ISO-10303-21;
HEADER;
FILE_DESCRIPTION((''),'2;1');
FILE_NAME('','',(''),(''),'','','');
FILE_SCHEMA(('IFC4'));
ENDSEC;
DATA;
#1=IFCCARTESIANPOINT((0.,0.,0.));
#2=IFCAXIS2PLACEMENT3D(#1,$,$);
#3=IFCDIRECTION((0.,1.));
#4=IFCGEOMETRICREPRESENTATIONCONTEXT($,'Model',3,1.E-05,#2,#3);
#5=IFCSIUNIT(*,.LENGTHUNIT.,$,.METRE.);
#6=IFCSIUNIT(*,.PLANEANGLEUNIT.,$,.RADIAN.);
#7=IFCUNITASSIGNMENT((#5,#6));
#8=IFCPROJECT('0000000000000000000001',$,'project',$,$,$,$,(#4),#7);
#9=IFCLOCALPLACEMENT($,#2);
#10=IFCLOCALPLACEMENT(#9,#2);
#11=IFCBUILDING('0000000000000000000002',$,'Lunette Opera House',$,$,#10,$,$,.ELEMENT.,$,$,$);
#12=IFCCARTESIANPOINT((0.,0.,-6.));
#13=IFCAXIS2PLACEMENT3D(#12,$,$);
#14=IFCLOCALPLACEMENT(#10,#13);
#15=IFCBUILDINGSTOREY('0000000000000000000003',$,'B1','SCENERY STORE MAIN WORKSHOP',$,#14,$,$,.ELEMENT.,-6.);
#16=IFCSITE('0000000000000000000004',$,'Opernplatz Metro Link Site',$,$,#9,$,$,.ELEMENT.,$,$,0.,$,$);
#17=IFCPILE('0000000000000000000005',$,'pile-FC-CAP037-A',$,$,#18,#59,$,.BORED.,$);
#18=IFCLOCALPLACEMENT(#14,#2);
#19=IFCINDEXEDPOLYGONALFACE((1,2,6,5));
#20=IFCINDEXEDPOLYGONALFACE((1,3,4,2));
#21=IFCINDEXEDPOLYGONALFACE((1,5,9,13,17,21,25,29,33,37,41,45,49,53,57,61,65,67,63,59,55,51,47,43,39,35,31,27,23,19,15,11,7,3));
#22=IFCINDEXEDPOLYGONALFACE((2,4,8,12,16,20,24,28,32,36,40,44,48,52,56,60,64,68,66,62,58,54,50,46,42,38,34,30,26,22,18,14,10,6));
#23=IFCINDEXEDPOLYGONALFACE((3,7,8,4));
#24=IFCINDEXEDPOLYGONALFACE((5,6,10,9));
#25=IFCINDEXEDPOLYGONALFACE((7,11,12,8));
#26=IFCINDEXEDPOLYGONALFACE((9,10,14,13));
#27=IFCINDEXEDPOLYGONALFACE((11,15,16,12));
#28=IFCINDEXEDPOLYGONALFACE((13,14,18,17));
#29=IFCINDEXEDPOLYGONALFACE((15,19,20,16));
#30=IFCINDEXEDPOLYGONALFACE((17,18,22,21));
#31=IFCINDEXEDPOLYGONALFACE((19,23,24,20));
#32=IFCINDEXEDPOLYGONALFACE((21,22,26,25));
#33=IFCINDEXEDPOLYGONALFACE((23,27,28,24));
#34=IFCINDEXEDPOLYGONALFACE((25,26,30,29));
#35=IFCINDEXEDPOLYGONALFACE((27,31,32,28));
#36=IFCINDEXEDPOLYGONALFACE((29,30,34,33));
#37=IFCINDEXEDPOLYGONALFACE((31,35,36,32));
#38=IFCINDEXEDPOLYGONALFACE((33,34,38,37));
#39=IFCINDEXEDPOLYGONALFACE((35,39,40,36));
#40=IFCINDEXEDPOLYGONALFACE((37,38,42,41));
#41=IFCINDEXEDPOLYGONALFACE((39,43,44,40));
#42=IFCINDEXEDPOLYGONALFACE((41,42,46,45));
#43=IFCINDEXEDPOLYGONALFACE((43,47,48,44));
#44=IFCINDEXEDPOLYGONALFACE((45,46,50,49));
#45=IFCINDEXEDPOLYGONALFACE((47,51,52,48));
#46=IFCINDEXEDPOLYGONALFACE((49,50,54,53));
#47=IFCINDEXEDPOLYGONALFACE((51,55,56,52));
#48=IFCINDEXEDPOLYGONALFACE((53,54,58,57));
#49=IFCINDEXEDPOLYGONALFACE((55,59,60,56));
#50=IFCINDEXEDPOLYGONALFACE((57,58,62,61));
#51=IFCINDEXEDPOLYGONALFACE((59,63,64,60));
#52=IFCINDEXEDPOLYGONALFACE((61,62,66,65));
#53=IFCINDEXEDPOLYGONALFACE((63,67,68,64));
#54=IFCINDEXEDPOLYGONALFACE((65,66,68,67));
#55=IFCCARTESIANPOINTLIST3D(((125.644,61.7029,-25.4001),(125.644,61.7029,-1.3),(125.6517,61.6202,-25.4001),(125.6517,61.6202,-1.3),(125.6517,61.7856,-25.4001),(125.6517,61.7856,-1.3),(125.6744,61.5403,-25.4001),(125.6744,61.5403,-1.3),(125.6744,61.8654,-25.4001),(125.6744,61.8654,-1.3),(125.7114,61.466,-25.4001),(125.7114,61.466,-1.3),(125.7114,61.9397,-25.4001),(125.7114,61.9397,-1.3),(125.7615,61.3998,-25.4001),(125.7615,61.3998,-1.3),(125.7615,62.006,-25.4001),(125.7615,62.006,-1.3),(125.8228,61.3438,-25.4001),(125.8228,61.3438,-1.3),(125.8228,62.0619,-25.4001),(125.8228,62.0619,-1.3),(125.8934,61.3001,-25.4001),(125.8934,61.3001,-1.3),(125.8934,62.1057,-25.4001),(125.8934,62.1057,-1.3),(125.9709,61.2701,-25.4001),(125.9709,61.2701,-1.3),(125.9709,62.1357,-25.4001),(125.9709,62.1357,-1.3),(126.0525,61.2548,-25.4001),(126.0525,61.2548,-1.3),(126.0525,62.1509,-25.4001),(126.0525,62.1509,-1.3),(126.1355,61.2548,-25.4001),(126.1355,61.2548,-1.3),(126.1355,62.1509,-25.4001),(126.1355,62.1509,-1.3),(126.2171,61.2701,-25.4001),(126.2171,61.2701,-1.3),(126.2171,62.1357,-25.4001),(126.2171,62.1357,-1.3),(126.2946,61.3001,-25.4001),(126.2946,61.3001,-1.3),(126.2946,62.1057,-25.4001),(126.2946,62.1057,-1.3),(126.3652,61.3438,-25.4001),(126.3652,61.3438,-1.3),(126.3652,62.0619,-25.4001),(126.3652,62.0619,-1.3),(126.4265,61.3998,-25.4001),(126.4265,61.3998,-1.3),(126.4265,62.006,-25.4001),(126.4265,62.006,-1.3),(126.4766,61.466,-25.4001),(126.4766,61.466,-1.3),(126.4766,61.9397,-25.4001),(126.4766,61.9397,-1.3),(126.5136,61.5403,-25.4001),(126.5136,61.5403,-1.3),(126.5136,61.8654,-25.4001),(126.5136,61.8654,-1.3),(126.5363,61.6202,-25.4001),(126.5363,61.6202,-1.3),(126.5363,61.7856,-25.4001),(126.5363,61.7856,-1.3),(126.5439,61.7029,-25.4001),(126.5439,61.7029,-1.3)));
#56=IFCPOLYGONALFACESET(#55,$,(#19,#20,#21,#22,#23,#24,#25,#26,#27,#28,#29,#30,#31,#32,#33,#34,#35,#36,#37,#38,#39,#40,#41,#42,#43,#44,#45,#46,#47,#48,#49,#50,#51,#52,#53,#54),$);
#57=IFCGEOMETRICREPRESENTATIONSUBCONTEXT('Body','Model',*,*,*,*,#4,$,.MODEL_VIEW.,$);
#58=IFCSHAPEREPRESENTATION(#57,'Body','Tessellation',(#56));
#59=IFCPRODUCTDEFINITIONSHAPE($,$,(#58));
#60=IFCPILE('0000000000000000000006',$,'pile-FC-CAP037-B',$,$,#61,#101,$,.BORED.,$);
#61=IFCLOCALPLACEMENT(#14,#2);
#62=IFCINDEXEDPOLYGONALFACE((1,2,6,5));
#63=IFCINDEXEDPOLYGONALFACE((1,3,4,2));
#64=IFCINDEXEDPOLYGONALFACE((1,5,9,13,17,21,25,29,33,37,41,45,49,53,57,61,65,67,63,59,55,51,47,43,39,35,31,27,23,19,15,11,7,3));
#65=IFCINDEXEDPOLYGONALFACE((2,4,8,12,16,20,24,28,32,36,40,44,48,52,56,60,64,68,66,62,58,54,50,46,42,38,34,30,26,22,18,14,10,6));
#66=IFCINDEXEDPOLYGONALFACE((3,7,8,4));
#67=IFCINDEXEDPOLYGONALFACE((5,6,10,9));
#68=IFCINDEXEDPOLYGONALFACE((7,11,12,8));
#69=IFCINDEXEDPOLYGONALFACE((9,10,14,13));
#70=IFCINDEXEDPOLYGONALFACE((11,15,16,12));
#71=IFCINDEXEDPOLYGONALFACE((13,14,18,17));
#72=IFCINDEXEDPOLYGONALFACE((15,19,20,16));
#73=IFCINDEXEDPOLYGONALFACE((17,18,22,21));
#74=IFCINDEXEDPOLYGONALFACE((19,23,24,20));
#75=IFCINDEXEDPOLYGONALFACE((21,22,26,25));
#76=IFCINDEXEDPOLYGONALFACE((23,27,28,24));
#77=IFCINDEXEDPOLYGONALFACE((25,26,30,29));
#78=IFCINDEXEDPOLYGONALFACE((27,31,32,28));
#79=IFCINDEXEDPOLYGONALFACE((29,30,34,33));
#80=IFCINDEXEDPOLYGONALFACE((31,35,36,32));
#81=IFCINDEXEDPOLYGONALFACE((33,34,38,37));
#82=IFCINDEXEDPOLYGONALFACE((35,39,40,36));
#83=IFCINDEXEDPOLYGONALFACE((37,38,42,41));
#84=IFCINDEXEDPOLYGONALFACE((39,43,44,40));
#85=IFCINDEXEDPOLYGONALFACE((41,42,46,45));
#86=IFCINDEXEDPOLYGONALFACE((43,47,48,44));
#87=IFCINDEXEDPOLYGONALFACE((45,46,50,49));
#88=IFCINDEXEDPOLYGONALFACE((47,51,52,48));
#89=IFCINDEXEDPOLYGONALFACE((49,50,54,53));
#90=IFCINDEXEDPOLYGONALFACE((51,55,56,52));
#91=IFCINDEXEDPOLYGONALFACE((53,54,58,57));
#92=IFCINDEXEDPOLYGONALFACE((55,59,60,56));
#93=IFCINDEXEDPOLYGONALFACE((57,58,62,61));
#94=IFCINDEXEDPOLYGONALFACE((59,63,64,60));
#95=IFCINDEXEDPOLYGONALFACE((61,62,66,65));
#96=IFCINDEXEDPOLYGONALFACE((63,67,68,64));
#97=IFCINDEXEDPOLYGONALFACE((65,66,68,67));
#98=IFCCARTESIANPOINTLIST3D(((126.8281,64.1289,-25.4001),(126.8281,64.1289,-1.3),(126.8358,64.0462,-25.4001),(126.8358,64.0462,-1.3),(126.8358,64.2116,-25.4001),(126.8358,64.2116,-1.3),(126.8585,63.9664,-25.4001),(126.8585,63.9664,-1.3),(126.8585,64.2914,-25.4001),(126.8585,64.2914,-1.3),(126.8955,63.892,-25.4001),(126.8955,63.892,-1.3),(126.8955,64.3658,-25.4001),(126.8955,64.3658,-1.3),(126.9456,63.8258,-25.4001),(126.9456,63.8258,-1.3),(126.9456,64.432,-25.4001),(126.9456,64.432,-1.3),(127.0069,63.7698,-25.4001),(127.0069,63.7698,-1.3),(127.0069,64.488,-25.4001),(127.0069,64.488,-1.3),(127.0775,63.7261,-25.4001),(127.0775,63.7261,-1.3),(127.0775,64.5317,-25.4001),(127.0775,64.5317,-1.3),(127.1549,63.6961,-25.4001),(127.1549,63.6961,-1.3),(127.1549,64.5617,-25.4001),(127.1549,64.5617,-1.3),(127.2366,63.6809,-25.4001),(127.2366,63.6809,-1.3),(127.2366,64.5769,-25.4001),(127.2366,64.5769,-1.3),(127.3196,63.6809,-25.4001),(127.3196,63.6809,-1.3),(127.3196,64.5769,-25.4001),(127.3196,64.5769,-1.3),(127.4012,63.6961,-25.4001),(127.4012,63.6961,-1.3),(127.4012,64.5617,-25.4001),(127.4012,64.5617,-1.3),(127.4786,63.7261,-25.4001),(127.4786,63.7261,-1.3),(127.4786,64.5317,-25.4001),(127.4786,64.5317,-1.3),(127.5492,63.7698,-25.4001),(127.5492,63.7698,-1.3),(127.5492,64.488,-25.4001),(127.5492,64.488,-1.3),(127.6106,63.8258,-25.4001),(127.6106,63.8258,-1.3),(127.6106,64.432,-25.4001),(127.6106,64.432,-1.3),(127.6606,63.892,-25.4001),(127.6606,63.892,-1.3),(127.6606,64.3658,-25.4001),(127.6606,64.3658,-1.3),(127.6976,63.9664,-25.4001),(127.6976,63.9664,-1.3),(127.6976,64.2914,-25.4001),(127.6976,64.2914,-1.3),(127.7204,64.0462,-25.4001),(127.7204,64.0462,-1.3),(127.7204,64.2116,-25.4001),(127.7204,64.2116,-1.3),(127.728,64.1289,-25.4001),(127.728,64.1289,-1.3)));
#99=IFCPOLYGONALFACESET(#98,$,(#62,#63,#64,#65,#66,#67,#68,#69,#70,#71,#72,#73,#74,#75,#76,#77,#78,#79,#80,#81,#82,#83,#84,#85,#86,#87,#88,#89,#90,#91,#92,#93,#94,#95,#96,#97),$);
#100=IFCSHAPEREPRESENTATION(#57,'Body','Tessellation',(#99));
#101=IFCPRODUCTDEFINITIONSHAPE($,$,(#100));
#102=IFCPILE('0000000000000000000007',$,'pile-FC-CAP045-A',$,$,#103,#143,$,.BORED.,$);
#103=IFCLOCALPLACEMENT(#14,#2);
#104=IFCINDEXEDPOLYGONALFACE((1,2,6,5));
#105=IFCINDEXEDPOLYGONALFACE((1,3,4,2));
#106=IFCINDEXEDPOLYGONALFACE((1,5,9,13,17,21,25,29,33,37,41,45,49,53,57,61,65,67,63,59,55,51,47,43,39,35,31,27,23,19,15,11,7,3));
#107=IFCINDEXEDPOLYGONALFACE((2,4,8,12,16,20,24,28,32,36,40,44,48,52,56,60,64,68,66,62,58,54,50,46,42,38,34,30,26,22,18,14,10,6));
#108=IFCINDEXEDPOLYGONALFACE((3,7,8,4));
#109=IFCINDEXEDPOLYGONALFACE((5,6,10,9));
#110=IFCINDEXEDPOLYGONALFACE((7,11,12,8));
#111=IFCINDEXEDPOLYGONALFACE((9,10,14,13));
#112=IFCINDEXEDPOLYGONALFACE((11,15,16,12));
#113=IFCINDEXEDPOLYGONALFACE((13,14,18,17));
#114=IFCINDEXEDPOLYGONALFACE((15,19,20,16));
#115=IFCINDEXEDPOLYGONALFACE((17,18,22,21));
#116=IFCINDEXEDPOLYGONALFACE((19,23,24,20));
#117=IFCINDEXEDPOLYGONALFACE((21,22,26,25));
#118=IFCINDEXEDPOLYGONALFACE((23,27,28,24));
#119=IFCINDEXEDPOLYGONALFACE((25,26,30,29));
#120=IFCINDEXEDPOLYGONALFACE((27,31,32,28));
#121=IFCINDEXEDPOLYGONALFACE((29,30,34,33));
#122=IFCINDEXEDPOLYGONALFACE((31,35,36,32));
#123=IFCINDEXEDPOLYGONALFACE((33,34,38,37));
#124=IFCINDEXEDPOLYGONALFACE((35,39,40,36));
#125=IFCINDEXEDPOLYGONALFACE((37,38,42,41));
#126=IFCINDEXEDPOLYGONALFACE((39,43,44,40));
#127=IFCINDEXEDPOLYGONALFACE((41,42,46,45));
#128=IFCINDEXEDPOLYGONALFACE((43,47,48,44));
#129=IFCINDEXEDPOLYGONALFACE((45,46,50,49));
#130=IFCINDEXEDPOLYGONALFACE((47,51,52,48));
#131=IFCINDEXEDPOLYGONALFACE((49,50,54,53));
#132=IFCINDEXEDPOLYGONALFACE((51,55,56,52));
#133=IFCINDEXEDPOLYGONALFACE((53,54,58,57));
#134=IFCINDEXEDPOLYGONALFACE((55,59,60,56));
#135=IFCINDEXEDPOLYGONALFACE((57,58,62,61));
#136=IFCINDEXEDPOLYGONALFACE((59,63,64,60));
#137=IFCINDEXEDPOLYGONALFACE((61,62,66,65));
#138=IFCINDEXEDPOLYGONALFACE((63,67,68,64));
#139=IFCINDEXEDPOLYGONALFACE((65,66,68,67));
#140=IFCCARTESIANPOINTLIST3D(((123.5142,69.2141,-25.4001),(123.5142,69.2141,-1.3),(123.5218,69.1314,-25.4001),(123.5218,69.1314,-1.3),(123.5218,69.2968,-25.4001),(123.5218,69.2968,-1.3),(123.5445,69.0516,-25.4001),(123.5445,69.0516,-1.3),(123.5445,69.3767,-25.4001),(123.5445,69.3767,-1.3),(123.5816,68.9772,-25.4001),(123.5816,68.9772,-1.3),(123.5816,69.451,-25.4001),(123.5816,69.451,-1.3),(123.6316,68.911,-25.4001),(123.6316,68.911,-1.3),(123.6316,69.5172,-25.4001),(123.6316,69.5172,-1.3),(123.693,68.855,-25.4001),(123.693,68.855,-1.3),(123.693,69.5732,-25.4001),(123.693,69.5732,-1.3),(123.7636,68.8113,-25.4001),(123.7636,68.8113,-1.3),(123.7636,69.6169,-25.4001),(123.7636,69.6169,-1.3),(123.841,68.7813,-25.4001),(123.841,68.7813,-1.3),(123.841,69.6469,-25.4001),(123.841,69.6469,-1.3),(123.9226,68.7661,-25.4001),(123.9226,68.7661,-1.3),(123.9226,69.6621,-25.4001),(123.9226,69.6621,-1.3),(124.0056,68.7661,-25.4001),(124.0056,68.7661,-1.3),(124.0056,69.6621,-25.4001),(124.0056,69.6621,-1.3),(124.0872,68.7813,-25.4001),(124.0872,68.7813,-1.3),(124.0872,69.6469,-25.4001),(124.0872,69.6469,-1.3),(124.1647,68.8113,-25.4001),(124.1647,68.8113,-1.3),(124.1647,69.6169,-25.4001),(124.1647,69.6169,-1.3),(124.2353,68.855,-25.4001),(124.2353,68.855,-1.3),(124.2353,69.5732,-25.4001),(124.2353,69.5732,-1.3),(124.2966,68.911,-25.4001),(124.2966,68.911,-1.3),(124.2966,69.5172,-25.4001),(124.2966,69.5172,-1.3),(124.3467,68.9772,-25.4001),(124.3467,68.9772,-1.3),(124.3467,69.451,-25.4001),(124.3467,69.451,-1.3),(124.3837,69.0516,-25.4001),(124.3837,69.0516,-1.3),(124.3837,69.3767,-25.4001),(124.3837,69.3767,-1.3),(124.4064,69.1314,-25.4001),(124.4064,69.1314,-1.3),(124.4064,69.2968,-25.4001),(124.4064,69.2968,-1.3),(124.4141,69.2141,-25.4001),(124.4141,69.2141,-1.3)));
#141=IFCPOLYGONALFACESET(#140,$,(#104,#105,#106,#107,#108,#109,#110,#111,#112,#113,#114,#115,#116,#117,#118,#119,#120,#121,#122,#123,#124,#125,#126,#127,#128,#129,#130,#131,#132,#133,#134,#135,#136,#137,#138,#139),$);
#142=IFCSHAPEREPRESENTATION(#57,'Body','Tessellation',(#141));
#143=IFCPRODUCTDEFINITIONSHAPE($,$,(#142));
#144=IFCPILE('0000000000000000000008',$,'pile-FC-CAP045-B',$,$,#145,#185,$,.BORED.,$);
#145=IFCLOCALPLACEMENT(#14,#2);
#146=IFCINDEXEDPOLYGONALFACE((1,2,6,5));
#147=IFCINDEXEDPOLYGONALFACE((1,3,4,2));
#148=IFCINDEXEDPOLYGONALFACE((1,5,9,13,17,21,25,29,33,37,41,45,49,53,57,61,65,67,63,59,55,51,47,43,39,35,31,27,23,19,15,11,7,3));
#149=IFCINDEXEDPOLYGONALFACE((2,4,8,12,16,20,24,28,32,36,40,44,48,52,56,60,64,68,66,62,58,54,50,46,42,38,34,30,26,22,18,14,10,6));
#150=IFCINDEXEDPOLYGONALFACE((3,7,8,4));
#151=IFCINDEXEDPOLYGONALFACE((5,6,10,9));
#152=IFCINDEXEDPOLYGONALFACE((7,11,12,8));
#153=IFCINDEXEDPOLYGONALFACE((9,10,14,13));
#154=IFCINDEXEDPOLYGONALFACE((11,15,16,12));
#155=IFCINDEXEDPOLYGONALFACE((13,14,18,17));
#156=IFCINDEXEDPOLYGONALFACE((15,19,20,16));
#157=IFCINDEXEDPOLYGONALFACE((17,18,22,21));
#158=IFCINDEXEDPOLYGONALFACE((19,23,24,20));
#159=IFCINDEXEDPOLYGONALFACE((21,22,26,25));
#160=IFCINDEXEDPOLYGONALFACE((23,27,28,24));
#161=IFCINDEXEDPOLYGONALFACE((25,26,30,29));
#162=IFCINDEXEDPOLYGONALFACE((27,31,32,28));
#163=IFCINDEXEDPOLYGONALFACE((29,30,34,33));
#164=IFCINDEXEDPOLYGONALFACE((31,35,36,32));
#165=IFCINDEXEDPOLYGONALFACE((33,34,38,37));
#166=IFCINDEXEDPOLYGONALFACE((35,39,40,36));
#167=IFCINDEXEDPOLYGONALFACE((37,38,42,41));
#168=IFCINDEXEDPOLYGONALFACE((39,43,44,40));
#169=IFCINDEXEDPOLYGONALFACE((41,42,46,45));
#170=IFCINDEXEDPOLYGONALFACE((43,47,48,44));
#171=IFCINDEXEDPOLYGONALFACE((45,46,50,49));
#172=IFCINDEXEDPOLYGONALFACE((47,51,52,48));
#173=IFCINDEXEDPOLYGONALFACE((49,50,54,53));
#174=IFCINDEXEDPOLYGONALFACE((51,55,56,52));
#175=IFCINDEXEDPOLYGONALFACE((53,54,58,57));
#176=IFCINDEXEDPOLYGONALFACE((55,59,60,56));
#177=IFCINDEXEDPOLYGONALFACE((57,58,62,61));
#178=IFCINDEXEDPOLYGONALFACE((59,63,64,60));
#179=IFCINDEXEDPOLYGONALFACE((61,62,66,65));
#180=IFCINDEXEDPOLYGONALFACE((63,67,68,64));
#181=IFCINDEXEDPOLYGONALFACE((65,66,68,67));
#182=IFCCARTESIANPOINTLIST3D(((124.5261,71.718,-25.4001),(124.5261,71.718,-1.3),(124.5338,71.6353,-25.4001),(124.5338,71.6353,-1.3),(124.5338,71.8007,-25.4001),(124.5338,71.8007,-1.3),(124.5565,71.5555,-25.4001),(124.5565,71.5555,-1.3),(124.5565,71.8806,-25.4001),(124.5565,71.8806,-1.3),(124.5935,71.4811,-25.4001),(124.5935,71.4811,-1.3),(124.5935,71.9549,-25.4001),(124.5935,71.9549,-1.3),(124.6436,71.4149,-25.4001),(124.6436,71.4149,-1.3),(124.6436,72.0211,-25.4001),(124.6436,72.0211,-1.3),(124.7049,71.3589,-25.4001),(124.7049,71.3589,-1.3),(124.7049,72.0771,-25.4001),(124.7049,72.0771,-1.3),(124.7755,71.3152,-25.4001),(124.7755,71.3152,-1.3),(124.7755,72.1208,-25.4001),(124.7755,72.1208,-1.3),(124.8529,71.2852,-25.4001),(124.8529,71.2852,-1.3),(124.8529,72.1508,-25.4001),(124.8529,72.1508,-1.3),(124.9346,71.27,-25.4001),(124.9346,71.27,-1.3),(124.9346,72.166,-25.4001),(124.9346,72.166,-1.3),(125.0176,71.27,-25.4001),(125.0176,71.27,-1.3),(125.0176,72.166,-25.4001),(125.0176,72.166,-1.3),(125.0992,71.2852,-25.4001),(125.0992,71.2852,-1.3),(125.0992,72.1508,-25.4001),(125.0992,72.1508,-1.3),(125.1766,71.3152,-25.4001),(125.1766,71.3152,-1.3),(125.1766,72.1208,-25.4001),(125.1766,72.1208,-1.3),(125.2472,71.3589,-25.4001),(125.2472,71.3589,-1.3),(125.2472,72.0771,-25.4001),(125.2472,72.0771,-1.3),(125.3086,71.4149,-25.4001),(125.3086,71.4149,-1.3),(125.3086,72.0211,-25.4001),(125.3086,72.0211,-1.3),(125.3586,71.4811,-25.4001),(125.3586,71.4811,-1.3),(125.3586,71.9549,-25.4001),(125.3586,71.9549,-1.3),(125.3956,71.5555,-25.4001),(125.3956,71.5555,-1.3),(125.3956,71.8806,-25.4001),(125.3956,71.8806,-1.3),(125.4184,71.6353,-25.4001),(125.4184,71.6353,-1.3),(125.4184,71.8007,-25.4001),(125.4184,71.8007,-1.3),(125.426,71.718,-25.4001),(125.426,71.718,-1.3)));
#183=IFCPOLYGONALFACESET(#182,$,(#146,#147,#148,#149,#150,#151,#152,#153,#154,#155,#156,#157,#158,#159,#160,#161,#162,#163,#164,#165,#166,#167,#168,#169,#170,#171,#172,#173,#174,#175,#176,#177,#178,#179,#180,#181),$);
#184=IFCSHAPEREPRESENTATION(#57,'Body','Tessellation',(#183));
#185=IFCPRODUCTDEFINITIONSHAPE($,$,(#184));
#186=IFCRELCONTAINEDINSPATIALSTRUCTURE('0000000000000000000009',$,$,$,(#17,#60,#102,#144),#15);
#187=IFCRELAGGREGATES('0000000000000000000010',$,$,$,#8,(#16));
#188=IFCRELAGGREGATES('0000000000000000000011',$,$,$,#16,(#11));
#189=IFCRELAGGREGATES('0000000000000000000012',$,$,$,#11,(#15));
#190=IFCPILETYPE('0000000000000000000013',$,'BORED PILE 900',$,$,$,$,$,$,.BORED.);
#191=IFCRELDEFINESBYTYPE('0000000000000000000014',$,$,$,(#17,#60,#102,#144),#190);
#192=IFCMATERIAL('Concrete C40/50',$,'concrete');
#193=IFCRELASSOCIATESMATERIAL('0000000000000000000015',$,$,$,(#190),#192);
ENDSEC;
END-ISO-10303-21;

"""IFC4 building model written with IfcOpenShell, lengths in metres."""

from ifc_helpers import new_model, si_unit, direction, frame, origin, origin_2d, place, context, subcontext, project, spatial, circle, extrude, material, material_profile, profile_set, type_object, element, save


model = new_model("IFC4")

# Units and contexts
model_context = context("Model", 3, precision=1e-05, world=origin(), true_north=direction((0.0, 1.0)))
body_context = subcontext(model_context, "Body", "Model", "MODEL_VIEW")
ifc_project = project(units=[si_unit("LENGTHUNIT", "METRE"), si_unit("PLANEANGLEUNIT", "RADIAN")], contexts=[model_context])

# Site, building, storey
site_placement = place(None, origin())
site = spatial("IfcSite", under=ifc_project, at=site_placement, Name="Opernplatz Metro Link Site", CompositionType="ELEMENT", RefElevation=0.0)
building_placement = place(site_placement, origin())
building = spatial("IfcBuilding", under=site, at=building_placement, Name="Lunette Opera House", CompositionType="ELEMENT")
storey_placement = place(building_placement, frame((0.0, 0.0, -6.0)))
storey = spatial("IfcBuildingStorey", under=building, at=storey_placement, Name="B1", Description="SCENERY STORE MAIN WORKSHOP", CompositionType="ELEMENT", Elevation=-6.0)

# Piles
ifc_material_1 = material(Name="Concrete C40/50", Category="concrete")
ifc_material_profile_1 = material_profile(ifc_material_1, circle(Radius=0.45, at=origin_2d()), Name="BORED PILE 900")
ifc_profile_set_1 = profile_set([ifc_material_profile_1], Name="Concrete C40/50")
pile_type = type_object("IfcPileType", Name="BORED PILE 900", PredefinedType="BORED", material=ifc_profile_set_1)
for number, where, z_axis, x_axis, name in (
    (1, (126.094, 61.7029, -1.3), (0.0, 0.0, -1.0), (1.0, 0.0, 0.0), "pile-FC-CAP037-A"),
    (2, (127.2781, 64.1289, -1.3), (0.0, 0.0, -1.0), (1.0, 0.0, 0.0), "pile-FC-CAP037-B"),
    (3, (123.9641, 69.2141, -1.3), (0.0, 0.0, -1.0), (1.0, 0.0, 0.0), "pile-FC-CAP045-A"),
    (4, (124.9761, 71.718, -1.3), (0.0, 0.0, -1.0), (1.0, 0.0, 0.0), "pile-FC-CAP045-B"),
):
    element("IfcPile", number, at=place(storey_placement, frame(where, z_axis=z_axis, x_axis=x_axis)), inside=storey, type_object=pile_type, Name=name, PredefinedType="BORED", context=body_context, shape_type="SweptSolid", body=[
        extrude(circle(Radius=0.45, at=origin_2d()), origin(), (0.0, 0.0, 1.0), 24.1001),
    ])

save(model, "model.ifc")
